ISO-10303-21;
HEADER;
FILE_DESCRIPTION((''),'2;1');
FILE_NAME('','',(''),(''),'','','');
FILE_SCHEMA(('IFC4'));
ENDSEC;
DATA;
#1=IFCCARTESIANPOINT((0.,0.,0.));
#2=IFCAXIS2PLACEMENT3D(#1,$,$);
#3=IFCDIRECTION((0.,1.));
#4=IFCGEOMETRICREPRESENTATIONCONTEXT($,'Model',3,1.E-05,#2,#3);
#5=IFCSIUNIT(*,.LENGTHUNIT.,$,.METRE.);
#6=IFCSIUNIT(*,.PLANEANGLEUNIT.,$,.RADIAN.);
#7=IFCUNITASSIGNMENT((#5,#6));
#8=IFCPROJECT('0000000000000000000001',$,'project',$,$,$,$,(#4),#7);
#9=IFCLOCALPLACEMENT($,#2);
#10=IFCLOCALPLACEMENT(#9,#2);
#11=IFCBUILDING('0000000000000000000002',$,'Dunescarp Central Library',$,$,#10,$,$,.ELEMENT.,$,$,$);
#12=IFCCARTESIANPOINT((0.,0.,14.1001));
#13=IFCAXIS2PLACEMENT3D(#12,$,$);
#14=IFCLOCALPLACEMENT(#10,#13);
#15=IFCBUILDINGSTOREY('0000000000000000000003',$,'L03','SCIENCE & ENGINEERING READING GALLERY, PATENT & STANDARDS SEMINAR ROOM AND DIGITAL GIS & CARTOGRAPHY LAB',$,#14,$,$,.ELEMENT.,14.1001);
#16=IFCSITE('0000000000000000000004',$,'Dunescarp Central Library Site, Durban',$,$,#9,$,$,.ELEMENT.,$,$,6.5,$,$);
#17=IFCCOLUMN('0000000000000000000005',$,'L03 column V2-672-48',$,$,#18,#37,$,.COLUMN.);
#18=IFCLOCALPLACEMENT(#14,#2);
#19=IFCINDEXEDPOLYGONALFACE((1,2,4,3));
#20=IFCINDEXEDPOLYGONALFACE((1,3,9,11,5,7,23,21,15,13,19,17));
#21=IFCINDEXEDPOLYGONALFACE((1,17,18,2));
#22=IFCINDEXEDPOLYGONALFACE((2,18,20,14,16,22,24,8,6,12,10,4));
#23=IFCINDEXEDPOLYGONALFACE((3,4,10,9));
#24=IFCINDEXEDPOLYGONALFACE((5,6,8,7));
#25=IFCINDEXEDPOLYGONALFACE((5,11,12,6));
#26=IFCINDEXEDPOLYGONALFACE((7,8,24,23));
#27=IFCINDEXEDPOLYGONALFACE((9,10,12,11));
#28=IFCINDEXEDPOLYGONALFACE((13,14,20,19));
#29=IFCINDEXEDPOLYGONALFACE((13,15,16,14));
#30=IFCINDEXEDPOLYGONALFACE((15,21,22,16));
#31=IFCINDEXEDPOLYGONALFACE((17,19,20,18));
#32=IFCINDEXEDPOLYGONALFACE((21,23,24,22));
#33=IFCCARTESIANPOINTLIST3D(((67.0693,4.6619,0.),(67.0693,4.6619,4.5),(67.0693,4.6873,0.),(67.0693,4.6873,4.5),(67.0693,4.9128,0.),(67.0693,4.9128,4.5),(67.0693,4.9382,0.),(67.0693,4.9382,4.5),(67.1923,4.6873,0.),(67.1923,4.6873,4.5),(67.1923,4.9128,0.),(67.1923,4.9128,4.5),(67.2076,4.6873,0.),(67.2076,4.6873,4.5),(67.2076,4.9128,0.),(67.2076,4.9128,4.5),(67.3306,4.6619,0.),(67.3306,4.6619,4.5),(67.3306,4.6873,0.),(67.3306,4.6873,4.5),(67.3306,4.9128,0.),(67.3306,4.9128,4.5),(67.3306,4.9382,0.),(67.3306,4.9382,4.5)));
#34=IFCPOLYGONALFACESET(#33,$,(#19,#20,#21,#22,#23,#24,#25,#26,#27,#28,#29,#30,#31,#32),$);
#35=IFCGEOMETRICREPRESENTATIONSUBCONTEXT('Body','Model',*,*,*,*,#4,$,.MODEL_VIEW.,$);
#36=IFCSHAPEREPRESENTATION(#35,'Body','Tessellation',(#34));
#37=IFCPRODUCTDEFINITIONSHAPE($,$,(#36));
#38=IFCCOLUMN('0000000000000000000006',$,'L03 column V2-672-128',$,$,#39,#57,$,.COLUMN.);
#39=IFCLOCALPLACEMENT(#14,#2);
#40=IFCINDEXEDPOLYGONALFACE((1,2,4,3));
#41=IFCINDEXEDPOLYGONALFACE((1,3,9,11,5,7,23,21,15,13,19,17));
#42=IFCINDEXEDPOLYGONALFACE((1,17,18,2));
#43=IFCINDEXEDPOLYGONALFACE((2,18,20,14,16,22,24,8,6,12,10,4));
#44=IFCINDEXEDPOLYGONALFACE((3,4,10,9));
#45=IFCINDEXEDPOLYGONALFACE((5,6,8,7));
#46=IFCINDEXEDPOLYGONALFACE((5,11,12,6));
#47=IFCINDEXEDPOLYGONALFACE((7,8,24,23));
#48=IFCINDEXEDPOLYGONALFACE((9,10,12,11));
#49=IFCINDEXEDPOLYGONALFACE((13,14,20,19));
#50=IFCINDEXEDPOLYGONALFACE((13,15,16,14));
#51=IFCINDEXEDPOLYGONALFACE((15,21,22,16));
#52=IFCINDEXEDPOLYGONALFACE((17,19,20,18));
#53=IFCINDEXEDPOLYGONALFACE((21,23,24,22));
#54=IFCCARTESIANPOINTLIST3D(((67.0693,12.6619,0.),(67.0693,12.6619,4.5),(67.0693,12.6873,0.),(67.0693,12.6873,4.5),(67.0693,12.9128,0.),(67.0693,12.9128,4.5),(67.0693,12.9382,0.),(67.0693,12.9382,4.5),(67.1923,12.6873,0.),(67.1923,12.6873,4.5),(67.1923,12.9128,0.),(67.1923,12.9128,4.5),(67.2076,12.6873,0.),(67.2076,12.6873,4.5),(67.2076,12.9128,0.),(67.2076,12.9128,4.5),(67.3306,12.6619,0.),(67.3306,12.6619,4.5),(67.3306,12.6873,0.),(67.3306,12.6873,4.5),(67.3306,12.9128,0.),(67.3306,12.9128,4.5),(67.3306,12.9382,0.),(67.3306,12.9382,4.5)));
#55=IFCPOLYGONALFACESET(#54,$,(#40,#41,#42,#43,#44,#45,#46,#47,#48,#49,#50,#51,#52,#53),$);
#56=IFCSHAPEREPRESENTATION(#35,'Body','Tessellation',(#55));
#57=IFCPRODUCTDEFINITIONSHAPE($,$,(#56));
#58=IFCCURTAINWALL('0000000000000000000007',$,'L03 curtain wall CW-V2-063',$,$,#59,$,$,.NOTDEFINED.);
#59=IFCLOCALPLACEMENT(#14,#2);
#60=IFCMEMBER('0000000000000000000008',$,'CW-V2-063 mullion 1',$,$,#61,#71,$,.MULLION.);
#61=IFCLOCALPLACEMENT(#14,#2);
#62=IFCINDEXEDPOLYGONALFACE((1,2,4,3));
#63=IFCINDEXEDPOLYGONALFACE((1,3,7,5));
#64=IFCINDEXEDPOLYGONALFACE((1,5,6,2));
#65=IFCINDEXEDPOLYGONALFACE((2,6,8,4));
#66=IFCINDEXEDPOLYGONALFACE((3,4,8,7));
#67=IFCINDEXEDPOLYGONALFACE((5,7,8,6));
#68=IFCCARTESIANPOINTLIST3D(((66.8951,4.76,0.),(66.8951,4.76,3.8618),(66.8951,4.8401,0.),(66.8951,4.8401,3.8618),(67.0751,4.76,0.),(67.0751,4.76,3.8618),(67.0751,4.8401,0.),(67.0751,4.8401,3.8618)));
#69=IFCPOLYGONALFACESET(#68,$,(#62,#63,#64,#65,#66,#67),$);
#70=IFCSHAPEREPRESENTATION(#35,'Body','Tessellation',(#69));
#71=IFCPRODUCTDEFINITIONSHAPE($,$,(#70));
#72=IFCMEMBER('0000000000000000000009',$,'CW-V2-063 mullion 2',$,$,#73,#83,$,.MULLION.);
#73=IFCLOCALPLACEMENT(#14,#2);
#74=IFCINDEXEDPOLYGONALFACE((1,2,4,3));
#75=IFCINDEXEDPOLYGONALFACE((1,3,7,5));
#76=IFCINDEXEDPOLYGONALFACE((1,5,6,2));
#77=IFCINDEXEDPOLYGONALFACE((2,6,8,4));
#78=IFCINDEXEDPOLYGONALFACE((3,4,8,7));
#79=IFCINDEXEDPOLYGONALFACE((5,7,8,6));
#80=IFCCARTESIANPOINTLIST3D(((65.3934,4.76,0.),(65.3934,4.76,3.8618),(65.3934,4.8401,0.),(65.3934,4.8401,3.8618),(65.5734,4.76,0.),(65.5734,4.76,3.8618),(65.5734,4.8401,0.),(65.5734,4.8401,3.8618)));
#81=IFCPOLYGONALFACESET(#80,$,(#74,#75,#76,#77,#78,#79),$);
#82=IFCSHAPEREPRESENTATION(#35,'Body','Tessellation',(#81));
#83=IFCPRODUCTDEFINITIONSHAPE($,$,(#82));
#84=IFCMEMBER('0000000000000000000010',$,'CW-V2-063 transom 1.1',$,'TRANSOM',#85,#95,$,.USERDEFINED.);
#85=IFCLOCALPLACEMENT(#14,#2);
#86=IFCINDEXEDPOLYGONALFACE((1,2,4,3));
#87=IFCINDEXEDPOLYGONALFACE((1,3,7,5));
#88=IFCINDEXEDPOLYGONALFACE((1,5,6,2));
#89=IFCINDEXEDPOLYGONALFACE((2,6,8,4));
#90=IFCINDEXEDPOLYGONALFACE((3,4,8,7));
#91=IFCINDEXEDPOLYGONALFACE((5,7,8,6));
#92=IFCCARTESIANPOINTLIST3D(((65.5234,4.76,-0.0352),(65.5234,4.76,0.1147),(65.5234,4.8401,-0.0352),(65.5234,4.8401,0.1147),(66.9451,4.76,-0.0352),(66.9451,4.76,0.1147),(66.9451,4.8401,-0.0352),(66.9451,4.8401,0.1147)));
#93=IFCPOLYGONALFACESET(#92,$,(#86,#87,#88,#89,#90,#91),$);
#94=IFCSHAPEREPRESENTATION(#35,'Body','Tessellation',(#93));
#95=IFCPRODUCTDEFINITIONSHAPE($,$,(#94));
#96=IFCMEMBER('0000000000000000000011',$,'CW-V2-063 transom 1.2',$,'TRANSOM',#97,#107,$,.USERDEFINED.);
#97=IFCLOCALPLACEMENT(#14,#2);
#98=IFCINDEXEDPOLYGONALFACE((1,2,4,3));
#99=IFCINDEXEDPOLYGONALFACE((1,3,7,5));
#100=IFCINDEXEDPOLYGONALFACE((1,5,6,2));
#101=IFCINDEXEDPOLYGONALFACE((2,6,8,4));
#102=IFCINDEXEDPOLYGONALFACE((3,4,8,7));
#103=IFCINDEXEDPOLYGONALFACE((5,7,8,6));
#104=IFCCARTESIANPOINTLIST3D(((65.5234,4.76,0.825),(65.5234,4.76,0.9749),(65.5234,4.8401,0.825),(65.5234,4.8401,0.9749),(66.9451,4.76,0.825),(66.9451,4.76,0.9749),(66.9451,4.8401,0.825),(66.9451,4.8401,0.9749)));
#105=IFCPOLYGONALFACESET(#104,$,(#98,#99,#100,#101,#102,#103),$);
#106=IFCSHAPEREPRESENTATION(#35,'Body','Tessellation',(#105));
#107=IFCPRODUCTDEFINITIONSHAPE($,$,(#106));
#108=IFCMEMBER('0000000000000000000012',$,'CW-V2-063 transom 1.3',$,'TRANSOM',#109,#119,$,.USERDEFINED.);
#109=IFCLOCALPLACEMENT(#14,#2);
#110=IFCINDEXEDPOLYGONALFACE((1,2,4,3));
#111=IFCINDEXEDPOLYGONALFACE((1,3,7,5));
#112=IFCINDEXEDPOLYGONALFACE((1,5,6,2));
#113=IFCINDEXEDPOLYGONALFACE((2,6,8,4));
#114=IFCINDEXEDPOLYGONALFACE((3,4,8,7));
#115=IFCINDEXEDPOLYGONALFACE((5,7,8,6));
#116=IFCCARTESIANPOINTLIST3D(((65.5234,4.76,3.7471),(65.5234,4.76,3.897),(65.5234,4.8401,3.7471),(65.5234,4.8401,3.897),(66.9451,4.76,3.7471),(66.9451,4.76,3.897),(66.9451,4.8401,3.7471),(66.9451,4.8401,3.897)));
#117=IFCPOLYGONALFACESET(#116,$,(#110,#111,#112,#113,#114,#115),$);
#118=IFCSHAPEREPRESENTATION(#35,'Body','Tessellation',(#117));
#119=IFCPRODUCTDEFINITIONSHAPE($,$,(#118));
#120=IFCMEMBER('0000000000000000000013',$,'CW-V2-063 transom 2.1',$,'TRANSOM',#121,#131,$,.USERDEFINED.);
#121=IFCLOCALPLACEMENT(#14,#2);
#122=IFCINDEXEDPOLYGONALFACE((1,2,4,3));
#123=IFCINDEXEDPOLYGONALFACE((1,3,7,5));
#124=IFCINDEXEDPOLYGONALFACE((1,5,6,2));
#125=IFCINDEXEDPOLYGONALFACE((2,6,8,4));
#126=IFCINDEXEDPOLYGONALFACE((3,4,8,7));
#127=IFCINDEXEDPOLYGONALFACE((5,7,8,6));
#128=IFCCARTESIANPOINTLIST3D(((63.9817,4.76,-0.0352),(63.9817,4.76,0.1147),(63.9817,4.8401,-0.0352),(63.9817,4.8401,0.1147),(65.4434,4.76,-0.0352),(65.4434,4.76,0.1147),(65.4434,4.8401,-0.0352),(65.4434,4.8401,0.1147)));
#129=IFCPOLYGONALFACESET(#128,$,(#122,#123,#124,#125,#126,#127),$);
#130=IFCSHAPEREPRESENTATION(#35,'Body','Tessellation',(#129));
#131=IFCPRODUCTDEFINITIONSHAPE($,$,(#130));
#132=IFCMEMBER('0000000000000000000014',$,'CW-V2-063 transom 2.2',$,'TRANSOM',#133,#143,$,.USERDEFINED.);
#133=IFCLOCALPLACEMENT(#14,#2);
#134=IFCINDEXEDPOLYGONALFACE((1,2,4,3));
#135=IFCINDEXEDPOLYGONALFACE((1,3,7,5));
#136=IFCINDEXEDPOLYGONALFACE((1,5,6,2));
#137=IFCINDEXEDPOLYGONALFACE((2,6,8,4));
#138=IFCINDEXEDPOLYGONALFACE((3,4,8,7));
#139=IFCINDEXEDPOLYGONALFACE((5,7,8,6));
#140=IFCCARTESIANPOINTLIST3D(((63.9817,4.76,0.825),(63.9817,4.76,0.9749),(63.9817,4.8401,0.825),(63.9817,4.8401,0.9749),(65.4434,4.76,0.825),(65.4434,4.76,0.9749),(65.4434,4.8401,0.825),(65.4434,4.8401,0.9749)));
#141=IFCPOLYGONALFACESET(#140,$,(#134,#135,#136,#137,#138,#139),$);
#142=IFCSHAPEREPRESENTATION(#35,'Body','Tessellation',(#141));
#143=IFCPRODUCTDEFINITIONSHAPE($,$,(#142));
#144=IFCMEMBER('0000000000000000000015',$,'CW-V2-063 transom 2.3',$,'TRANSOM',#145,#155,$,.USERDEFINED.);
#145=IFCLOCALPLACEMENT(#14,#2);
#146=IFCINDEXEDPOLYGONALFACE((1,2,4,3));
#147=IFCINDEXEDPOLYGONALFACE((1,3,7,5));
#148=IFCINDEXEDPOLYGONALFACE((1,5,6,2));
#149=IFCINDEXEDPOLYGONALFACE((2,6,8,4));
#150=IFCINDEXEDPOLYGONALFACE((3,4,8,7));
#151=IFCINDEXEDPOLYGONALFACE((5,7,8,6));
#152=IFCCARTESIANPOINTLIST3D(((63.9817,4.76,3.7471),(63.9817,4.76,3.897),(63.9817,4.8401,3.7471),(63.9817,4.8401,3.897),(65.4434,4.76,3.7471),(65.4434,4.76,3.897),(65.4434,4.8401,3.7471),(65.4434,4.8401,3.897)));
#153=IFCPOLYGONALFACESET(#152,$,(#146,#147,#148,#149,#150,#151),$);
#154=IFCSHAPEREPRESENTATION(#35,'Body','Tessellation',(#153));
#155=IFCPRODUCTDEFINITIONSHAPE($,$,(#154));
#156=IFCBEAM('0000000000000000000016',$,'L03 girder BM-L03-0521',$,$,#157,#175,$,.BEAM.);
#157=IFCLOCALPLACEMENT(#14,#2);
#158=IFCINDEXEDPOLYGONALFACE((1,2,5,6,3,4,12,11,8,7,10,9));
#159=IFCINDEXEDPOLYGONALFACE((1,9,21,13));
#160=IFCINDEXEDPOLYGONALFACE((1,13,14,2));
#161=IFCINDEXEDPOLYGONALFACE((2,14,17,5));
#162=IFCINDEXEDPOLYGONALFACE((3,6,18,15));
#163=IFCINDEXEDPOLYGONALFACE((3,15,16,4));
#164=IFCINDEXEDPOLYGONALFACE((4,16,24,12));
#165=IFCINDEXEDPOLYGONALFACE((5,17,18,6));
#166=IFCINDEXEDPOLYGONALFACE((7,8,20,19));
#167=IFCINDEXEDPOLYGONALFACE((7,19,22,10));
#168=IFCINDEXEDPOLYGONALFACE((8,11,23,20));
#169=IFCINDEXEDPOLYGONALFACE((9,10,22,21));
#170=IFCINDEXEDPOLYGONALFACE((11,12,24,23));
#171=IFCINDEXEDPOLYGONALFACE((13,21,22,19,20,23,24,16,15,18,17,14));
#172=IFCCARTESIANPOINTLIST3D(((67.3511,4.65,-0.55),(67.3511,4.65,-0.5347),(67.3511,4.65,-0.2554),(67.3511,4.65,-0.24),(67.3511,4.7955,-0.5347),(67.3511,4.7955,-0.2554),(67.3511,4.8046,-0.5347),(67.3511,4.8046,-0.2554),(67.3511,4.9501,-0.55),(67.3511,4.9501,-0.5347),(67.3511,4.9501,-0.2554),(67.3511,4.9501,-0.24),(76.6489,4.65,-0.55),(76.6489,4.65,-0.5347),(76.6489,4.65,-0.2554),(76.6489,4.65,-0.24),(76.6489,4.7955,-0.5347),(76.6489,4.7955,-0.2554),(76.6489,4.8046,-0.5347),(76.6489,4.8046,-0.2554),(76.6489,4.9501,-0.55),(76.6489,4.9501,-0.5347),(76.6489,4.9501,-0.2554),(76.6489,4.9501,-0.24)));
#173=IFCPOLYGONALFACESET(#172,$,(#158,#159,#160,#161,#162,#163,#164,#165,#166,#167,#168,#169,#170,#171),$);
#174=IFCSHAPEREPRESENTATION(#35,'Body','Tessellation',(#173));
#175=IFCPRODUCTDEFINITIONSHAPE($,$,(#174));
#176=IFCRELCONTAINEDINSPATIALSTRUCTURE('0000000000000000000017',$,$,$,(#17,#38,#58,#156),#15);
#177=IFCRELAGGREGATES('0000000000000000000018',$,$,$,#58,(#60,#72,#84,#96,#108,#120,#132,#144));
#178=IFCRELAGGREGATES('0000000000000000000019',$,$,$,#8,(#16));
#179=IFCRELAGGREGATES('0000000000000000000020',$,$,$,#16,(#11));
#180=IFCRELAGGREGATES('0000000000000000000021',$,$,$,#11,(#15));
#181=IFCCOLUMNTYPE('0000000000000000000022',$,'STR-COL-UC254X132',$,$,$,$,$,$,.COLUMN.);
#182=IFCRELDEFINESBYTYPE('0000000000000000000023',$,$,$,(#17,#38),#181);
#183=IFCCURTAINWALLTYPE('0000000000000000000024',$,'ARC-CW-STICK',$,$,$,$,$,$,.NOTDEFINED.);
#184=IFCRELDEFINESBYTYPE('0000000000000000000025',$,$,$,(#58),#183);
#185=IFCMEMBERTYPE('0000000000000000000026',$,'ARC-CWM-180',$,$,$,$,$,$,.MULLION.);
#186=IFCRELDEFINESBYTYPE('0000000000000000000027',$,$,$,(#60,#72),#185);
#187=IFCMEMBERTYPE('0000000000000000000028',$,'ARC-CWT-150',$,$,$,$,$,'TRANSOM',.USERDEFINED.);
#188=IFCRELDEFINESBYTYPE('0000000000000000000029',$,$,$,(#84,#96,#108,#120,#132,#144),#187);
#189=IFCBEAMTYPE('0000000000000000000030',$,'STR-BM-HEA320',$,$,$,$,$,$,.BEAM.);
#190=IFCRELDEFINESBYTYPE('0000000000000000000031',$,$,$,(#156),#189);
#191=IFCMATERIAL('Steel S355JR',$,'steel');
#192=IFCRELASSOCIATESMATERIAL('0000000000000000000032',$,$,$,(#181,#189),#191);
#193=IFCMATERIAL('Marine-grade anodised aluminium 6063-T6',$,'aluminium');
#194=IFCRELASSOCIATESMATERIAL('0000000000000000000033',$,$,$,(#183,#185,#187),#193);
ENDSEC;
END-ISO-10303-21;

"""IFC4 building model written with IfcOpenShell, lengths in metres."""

from ifc_helpers import new_model, si_unit, direction, frame, origin, origin_2d, place, context, subcontext, project, spatial, rectangle, i_section, extrude, material, material_profile, profile_set, type_object, element, aggregate, save


model = new_model("IFC4")

# Units and contexts
model_context = context("Model", 3, precision=1e-05, world=origin(), true_north=direction((0.0, 1.0)))
body_context = subcontext(model_context, "Body", "Model", "MODEL_VIEW")
ifc_project = project(units=[si_unit("LENGTHUNIT", "METRE"), si_unit("PLANEANGLEUNIT", "RADIAN")], contexts=[model_context])

# Site, building, storey
site_placement = place(None, origin())
site = spatial("IfcSite", under=ifc_project, at=site_placement, Name="Dunescarp Central Library Site, Durban", CompositionType="ELEMENT", RefElevation=6.5)
building_placement = place(site_placement, origin())
building = spatial("IfcBuilding", under=site, at=building_placement, Name="Dunescarp Central Library", CompositionType="ELEMENT")
storey_placement = place(building_placement, frame((0.0, 0.0, 14.1001)))
storey = spatial("IfcBuildingStorey", under=building, at=storey_placement, Name="L03", Description="SCIENCE & ENGINEERING READING GALLERY, PATENT & STANDARDS SEMINAR ROOM AND DIGITAL GIS & CARTOGRAPHY LAB", CompositionType="ELEMENT", Elevation=14.1001)

# Columns
ifc_material_1 = material(Name="Steel S355JR", Category="steel")
ifc_material_profile_1 = material_profile(ifc_material_1, i_section(OverallWidth=0.2612, OverallDepth=0.2764, WebThickness=0.0154, FlangeThickness=0.0254, at=origin_2d()), Name="UC 254x254x132")
ifc_profile_set_1 = profile_set([ifc_material_profile_1], Name="Steel S355JR")
column_type = type_object("IfcColumnType", Name="STR-COL-UC254X132", PredefinedType="COLUMN", material=ifc_profile_set_1)
for number, where, z_axis, x_axis, name in (
    (1, (67.2, 4.8, 0.0), (0.0, 0.0, 1.0), (1.0, 0.0, 0.0), "L03 column V2-672-48"),
    (2, (67.2, 12.8, 0.0), (0.0, 0.0, 1.0), (1.0, 0.0, 0.0), "L03 column V2-672-128"),
):
    element("IfcColumn", number, at=place(storey_placement, frame(where, z_axis=z_axis, x_axis=x_axis)), inside=storey, type_object=column_type, Name=name, PredefinedType="COLUMN", context=body_context, shape_type="SweptSolid", body=[
        extrude(i_section(OverallWidth=0.2612, OverallDepth=0.2764, WebThickness=0.0154, FlangeThickness=0.0254, at=origin_2d()), origin(), (0.0, 0.0, 1.0), 4.5),
    ])

# Curtain wall, members
ifc_material_2 = material(Name="Marine-grade anodised aluminium 6063-T6", Category="aluminium")
curtain_wall_type = type_object("IfcCurtainWallType", Name="ARC-CW-STICK", PredefinedType="NOTDEFINED", material=ifc_material_2)
curtain_wall_placement = place(storey_placement, origin())
curtain_wall = element("IfcCurtainWall", 3, at=curtain_wall_placement, inside=storey, type_object=curtain_wall_type, Name="L03 curtain wall CW-V2-063", PredefinedType="NOTDEFINED")
ifc_material_profile_2 = material_profile(ifc_material_2, rectangle(XDim=0.0801, YDim=0.1799, at=origin_2d()), Name="AL 80x180")
ifc_profile_set_2 = profile_set([ifc_material_profile_2], Name="Marine-grade anodised aluminium 6063-T6")
member_type_1 = type_object("IfcMemberType", Name="ARC-CWM-180", PredefinedType="MULLION", material=ifc_profile_set_2)
member_1_placement = place(storey_placement, frame((66.9851, 4.8, 0.0), z_axis=(0.0, 0.0, 1.0), x_axis=(0.0, -1.0, 0.0)))
member_1 = element("IfcMember", 4, at=member_1_placement, type_object=member_type_1, Name="CW-V2-063 mullion 1", PredefinedType="MULLION", context=body_context, shape_type="SweptSolid", body=[
    extrude(rectangle(XDim=0.0801, YDim=0.1799, at=origin_2d()), origin(), (0.0, 0.0, 1.0), 3.8618),
])
member_2_placement = place(storey_placement, frame((65.4834, 4.8, 0.0), z_axis=(0.0, 0.0, 1.0), x_axis=(0.0, -1.0, 0.0)))
member_2 = element("IfcMember", 5, at=member_2_placement, type_object=member_type_1, Name="CW-V2-063 mullion 2", PredefinedType="MULLION", context=body_context, shape_type="SweptSolid", body=[
    extrude(rectangle(XDim=0.0801, YDim=0.1799, at=origin_2d()), origin(), (0.0, 0.0, 1.0), 3.8618),
])
ifc_material_profile_3 = material_profile(ifc_material_2, rectangle(XDim=0.0801, YDim=0.1499, at=origin_2d()), Name="AL 80x150")
ifc_profile_set_3 = profile_set([ifc_material_profile_3], Name="Marine-grade anodised aluminium 6063-T6")
member_type_2 = type_object("IfcMemberType", Name="ARC-CWT-150", ElementType="TRANSOM", PredefinedType="USERDEFINED", material=ifc_profile_set_3)
member_3_placement = place(storey_placement, frame((66.9451, 4.8, 0.0398), z_axis=(-1.0, 0.0, 0.0), x_axis=(0.0, -1.0, 0.0)))
member_3 = element("IfcMember", 6, at=member_3_placement, type_object=member_type_2, Name="CW-V2-063 transom 1.1", ObjectType="TRANSOM", PredefinedType="USERDEFINED", context=body_context, shape_type="SweptSolid", body=[
    extrude(rectangle(XDim=0.0801, YDim=0.1499, at=origin_2d()), origin(), (0.0, 0.0, 1.0), 1.4216),
])
member_4_placement = place(storey_placement, frame((66.9451, 4.8, 0.8999), z_axis=(-1.0, 0.0, 0.0), x_axis=(0.0, -1.0, 0.0)))
member_4 = element("IfcMember", 7, at=member_4_placement, type_object=member_type_2, Name="CW-V2-063 transom 1.2", ObjectType="TRANSOM", PredefinedType="USERDEFINED", context=body_context, shape_type="SweptSolid", body=[
    extrude(rectangle(XDim=0.0801, YDim=0.1499, at=origin_2d()), origin(), (0.0, 0.0, 1.0), 1.4216),
])
member_5_placement = place(storey_placement, frame((66.9451, 4.8, 3.822), z_axis=(-1.0, 0.0, 0.0), x_axis=(0.0, -1.0, 0.0)))
member_5 = element("IfcMember", 8, at=member_5_placement, type_object=member_type_2, Name="CW-V2-063 transom 1.3", ObjectType="TRANSOM", PredefinedType="USERDEFINED", context=body_context, shape_type="SweptSolid", body=[
    extrude(rectangle(XDim=0.0801, YDim=0.1499, at=origin_2d()), origin(), (0.0, 0.0, 1.0), 1.4216),
])
member_6_placement = place(storey_placement, frame((65.4434, 4.8, 0.0398), z_axis=(-1.0, 0.0, 0.0), x_axis=(0.0, -1.0, 0.0)))
member_6 = element("IfcMember", 9, at=member_6_placement, type_object=member_type_2, Name="CW-V2-063 transom 2.1", ObjectType="TRANSOM", PredefinedType="USERDEFINED", context=body_context, shape_type="SweptSolid", body=[
    extrude(rectangle(XDim=0.0801, YDim=0.1499, at=origin_2d()), origin(), (0.0, 0.0, 1.0), 1.4617),
])
member_7_placement = place(storey_placement, frame((65.4434, 4.8, 0.8999), z_axis=(-1.0, 0.0, 0.0), x_axis=(0.0, -1.0, 0.0)))
member_7 = element("IfcMember", 10, at=member_7_placement, type_object=member_type_2, Name="CW-V2-063 transom 2.2", ObjectType="TRANSOM", PredefinedType="USERDEFINED", context=body_context, shape_type="SweptSolid", body=[
    extrude(rectangle(XDim=0.0801, YDim=0.1499, at=origin_2d()), origin(), (0.0, 0.0, 1.0), 1.4617),
])
member_8_placement = place(storey_placement, frame((65.4434, 4.8, 3.822), z_axis=(-1.0, 0.0, 0.0), x_axis=(0.0, -1.0, 0.0)))
member_8 = element("IfcMember", 11, at=member_8_placement, type_object=member_type_2, Name="CW-V2-063 transom 2.3", ObjectType="TRANSOM", PredefinedType="USERDEFINED", context=body_context, shape_type="SweptSolid", body=[
    extrude(rectangle(XDim=0.0801, YDim=0.1499, at=origin_2d()), origin(), (0.0, 0.0, 1.0), 1.4617),
])

# Beam
ifc_material_profile_4 = material_profile(ifc_material_1, i_section(OverallWidth=0.3, OverallDepth=0.3101, WebThickness=0.009, FlangeThickness=0.0154, at=origin_2d()), Name="HEA 320")
ifc_profile_set_4 = profile_set([ifc_material_profile_4], Name="Steel S355JR")
beam_type_1 = type_object("IfcBeamType", Name="STR-BM-HEA320", PredefinedType="BEAM", material=ifc_profile_set_4)
beam_1_placement = place(storey_placement, frame((67.3511, 4.8, -0.395), z_axis=(1.0, 0.0, 0.0), x_axis=(0.0, 1.0, 0.0)))
element("IfcBeam", 12, at=beam_1_placement, inside=storey, type_object=beam_type_1, Name="L03 girder BM-L03-0521", PredefinedType="BEAM", context=body_context, shape_type="SweptSolid", body=[
    extrude(i_section(OverallWidth=0.3, OverallDepth=0.3101, WebThickness=0.009, FlangeThickness=0.0154, at=origin_2d()), origin(), (0.0, 0.0, 1.0), 9.2979),
])

aggregate(curtain_wall, [member_1, member_2, member_3, member_4, member_5, member_6, member_7, member_8])

save(model, "model.ifc")
